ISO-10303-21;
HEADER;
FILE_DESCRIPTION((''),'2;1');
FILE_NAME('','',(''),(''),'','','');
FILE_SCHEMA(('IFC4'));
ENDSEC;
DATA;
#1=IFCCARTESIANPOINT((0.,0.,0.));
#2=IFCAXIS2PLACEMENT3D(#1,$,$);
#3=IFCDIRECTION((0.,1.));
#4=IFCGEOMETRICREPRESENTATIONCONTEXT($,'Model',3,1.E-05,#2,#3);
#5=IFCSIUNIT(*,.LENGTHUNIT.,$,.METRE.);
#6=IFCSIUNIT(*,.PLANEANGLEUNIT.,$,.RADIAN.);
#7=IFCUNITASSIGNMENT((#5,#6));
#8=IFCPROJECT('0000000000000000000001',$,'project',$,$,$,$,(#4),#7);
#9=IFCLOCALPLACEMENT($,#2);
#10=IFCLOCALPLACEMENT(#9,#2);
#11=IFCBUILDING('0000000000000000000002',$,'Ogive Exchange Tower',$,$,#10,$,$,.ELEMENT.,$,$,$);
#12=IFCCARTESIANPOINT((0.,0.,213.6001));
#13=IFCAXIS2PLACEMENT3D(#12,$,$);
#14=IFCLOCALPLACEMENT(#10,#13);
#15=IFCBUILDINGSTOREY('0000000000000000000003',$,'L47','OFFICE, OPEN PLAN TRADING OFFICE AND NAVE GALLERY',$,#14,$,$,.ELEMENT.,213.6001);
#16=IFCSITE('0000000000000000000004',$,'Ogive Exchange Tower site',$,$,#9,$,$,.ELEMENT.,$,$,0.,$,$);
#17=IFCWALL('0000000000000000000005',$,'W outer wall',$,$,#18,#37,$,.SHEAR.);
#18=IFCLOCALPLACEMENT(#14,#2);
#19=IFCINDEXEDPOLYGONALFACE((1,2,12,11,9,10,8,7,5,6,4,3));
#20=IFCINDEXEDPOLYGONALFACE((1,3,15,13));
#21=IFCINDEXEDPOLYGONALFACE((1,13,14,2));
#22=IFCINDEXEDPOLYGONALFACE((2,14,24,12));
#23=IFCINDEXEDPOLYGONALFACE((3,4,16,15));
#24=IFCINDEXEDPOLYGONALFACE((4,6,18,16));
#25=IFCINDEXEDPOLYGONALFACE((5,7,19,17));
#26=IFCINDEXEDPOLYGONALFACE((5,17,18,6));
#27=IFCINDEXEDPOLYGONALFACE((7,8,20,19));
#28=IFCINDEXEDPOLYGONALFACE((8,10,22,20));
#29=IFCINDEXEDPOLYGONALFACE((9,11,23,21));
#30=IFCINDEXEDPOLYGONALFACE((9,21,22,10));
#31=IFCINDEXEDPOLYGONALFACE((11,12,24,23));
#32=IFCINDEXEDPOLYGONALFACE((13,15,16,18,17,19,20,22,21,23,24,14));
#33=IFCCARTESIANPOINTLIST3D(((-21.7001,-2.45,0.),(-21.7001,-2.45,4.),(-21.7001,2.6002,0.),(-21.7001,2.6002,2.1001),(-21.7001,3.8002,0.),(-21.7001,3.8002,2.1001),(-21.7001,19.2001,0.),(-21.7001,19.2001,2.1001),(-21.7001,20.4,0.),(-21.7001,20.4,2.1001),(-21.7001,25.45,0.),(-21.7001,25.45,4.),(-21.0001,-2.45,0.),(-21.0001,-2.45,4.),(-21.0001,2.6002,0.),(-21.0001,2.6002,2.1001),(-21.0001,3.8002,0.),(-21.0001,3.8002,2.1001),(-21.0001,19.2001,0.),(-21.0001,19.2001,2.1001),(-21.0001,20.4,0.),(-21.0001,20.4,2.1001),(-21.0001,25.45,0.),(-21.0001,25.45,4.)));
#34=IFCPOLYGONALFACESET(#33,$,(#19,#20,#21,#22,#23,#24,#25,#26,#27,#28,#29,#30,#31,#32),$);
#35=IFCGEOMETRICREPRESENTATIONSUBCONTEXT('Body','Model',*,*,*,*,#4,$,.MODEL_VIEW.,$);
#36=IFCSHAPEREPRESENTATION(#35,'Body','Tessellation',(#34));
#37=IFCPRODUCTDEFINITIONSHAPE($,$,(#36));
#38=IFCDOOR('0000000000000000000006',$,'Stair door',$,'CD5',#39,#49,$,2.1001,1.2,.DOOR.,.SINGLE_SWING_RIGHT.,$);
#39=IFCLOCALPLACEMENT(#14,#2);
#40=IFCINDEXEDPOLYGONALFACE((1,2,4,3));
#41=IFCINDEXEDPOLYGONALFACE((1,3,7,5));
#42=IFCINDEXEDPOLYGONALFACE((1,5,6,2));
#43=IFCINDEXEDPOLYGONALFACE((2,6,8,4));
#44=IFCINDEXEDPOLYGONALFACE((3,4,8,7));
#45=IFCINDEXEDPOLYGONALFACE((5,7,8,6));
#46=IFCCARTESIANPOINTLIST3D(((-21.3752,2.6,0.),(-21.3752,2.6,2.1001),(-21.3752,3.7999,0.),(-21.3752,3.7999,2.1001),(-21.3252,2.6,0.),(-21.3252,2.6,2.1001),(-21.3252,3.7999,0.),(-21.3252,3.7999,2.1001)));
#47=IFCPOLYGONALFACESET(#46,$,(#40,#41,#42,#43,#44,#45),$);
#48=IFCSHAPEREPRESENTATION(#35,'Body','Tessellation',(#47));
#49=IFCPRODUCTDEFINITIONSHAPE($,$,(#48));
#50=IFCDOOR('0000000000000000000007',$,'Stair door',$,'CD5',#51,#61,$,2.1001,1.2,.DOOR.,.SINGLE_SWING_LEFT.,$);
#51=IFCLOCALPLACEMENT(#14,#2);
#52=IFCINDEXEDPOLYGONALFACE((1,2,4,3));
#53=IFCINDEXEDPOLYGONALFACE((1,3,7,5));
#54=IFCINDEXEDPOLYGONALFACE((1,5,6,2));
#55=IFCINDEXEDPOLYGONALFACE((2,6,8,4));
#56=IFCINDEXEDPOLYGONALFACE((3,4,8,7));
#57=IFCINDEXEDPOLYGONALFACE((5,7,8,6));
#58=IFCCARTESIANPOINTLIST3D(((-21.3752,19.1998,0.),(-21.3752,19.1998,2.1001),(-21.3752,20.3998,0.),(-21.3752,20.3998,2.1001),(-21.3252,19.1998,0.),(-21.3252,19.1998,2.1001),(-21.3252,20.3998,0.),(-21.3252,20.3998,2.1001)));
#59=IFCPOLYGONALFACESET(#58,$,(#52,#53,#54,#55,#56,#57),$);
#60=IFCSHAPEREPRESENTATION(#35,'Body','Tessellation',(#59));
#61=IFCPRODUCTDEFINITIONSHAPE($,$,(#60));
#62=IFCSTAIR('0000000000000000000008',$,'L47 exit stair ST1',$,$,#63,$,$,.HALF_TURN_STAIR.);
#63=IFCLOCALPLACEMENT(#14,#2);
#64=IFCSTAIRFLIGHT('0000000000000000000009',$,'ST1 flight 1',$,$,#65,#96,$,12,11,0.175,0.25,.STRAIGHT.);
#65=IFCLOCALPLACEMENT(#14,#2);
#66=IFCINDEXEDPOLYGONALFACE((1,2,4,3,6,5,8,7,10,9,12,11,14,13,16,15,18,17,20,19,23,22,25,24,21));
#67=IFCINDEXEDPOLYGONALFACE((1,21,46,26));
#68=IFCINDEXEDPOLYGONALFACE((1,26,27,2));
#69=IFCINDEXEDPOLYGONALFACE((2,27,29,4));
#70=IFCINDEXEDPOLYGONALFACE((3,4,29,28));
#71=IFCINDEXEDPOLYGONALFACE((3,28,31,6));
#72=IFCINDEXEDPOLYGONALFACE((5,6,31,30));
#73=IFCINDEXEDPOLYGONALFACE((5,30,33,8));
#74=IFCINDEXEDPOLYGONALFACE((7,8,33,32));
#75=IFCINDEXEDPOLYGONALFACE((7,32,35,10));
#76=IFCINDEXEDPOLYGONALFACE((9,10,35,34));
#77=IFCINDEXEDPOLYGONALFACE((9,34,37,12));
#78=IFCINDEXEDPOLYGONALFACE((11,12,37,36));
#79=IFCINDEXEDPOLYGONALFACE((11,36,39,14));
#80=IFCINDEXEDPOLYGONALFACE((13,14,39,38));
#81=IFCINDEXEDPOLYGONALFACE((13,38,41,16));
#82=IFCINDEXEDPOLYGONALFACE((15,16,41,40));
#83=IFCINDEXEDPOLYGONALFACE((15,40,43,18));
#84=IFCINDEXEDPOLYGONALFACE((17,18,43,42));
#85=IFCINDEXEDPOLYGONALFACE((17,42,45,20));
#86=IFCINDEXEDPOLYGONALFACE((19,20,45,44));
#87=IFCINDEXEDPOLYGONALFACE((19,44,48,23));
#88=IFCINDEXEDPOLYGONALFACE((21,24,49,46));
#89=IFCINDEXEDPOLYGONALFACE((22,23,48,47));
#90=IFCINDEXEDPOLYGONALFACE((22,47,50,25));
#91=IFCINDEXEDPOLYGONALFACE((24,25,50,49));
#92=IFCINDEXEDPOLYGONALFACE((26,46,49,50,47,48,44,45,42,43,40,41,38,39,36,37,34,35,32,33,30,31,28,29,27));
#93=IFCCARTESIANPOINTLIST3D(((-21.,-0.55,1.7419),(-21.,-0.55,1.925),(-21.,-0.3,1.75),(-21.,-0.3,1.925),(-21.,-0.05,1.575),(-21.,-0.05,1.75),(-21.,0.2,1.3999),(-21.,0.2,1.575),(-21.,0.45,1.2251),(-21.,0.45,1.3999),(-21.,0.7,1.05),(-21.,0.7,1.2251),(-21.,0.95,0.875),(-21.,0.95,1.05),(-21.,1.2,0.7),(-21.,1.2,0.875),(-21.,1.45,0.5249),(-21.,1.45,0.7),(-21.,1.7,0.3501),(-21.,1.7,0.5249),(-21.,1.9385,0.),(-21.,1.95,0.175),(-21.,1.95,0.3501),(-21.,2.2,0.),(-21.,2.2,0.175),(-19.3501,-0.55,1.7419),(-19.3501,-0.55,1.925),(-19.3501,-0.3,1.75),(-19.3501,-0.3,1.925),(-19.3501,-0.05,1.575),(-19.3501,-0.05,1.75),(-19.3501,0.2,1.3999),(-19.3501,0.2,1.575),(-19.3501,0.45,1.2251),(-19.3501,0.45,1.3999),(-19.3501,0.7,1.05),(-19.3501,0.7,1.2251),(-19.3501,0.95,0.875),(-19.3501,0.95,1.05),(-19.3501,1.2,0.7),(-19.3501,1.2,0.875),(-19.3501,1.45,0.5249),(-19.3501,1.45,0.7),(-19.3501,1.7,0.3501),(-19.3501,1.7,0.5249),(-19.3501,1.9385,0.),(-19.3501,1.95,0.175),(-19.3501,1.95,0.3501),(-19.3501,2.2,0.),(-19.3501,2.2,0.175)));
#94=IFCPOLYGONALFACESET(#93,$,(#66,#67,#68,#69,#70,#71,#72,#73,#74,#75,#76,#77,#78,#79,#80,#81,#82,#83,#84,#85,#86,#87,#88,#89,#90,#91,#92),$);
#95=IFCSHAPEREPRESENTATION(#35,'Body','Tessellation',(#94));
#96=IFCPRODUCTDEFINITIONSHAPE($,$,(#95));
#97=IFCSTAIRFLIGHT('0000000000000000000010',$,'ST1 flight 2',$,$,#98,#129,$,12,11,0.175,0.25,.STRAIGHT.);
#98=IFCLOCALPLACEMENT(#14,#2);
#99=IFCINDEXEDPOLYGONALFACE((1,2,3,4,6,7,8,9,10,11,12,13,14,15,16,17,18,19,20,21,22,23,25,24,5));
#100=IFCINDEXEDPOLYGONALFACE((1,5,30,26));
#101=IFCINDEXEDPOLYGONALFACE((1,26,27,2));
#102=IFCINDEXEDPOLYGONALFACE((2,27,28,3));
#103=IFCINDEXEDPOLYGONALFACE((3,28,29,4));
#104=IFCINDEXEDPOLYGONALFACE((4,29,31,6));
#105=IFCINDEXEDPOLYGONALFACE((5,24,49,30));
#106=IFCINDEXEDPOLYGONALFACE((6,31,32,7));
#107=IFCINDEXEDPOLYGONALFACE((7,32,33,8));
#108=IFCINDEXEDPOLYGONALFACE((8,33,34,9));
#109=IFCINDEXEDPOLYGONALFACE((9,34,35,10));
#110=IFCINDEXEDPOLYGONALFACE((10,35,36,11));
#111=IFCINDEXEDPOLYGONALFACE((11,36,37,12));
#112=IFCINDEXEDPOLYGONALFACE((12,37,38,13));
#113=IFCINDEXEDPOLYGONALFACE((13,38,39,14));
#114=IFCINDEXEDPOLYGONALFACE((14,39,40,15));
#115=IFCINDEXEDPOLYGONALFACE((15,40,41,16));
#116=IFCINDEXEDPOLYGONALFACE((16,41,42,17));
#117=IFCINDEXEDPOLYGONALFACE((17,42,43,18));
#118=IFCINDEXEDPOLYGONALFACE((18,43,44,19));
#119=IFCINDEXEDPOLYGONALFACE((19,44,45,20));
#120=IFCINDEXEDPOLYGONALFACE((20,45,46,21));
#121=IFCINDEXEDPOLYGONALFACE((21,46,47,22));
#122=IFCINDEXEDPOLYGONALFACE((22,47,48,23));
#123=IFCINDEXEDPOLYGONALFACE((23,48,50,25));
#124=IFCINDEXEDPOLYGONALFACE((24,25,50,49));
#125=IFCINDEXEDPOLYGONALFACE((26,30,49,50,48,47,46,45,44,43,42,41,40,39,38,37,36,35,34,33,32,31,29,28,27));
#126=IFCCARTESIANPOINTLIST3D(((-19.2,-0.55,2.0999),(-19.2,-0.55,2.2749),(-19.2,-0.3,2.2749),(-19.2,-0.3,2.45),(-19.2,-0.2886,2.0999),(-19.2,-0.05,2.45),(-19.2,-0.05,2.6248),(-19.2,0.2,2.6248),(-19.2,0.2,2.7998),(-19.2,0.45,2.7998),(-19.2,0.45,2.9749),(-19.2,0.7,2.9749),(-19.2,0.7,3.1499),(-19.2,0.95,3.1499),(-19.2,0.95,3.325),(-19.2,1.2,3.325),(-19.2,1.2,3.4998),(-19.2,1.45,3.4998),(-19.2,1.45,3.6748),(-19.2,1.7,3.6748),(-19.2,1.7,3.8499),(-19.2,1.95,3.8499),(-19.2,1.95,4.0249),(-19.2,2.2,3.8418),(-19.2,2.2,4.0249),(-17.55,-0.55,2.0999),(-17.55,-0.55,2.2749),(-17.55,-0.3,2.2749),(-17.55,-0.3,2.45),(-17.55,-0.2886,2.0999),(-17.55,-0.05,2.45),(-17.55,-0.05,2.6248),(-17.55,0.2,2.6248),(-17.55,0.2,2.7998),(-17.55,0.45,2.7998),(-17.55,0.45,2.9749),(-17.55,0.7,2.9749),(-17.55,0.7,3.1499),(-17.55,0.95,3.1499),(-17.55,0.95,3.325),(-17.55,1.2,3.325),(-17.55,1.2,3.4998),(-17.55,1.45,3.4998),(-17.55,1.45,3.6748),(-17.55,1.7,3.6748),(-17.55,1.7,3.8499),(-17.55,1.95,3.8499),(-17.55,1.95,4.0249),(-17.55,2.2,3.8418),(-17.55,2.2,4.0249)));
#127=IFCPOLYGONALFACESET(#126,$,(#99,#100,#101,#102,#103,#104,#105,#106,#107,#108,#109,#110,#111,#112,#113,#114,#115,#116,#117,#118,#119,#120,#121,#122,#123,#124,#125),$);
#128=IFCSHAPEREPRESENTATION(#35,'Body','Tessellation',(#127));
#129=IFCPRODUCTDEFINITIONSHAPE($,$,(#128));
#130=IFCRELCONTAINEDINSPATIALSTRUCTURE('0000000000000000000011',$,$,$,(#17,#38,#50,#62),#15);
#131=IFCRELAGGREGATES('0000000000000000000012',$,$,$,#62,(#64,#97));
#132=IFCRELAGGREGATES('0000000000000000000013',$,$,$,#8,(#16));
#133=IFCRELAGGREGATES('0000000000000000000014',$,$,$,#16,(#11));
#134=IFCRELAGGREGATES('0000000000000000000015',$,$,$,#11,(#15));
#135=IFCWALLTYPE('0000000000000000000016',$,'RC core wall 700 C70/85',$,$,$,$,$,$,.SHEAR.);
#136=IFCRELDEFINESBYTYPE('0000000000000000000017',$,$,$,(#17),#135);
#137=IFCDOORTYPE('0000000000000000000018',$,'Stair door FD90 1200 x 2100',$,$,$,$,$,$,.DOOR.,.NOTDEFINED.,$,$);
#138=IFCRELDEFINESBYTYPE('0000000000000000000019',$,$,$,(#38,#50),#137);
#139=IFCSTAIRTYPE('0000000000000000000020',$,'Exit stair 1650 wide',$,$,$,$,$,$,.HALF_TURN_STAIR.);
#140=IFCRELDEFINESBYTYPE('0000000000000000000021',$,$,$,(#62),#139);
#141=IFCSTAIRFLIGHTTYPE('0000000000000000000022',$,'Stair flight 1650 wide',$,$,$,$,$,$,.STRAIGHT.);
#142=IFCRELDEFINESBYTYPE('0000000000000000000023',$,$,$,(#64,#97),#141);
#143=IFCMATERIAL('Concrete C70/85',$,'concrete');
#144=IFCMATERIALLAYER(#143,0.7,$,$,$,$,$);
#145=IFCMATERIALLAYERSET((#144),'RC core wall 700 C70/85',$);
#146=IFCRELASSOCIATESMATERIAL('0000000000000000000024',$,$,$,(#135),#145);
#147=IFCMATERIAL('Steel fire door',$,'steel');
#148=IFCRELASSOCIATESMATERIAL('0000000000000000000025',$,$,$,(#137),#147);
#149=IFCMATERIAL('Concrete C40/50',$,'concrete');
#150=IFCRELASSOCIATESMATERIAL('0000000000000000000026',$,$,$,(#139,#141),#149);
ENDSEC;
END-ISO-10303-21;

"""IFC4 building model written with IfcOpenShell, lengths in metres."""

from ifc_helpers import new_model, si_unit, direction, frame, frame_2d, origin, place, context, subcontext, project, spatial, polyline, rectangle, outline, extrude, material, layer, layer_set, type_object, element, fill, aggregate, save


model = new_model("IFC4")

# Units and contexts
model_context = context("Model", 3, precision=1e-05, world=origin(), true_north=direction((0.0, 1.0)))
body_context = subcontext(model_context, "Body", "Model", "MODEL_VIEW")
ifc_project = project(units=[si_unit("LENGTHUNIT", "METRE"), si_unit("PLANEANGLEUNIT", "RADIAN")], contexts=[model_context])

# Site, building, storey
site_placement = place(None, origin())
site = spatial("IfcSite", under=ifc_project, at=site_placement, Name="Ogive Exchange Tower site", CompositionType="ELEMENT", RefElevation=0.0)
building_placement = place(site_placement, origin())
building = spatial("IfcBuilding", under=site, at=building_placement, Name="Ogive Exchange Tower", CompositionType="ELEMENT")
storey_placement = place(building_placement, frame((0.0, 0.0, 213.6001)))
storey = spatial("IfcBuildingStorey", under=building, at=storey_placement, Name="L47", Description="OFFICE, OPEN PLAN TRADING OFFICE AND NAVE GALLERY", CompositionType="ELEMENT", Elevation=213.6001)

# Shared definitions
ifc_material_1 = material(Name="Concrete C70/85", Category="concrete")
ifc_material_2 = material(Name="Steel fire door", Category="steel")

# Wall, openings, doors
ifc_layer_1 = layer(ifc_material_1, 0.7)
ifc_layer_set_1 = layer_set([ifc_layer_1], Name="RC core wall 700 C70/85")
wall_type_1 = type_object("IfcWallType", Name="RC core wall 700 C70/85", PredefinedType="SHEAR", material=ifc_layer_set_1)
wall_1_placement = place(storey_placement, frame((-21.3501, -2.45, 0.0), z_axis=(0.0, 0.0, 1.0), x_axis=(0.0, 1.0, 0.0)))
wall_1 = element("IfcWall", 1, at=wall_1_placement, inside=storey, type_object=wall_type_1, Name="W outer wall", PredefinedType="SHEAR", context=body_context, shape_type="SweptSolid", body=[
    extrude(rectangle(XDim=27.8999, YDim=0.7, at=frame_2d((13.95, 0.0))), origin(), (0.0, 0.0, 1.0), 4.0),
])
opening_1_placement = place(wall_1_placement, frame((5.05, 0.0, 0.0)))
opening_1 = element("IfcOpeningElement", 2, at=opening_1_placement, cuts=wall_1, PredefinedType="OPENING", context=body_context, shape_type="SweptSolid", body=[
    extrude(rectangle(XDim=1.2, YDim=2.1001, at=frame_2d((0.6001, 1.05))), frame((0.0, 0.3599, 0.0), z_axis=(0.0, -1.0, 0.0), x_axis=(1.0, 0.0, 0.0)), (0.0, 0.0, 1.0), 0.72),
])
opening_2_placement = place(wall_1_placement, frame((21.6499, 0.0, 0.0)))
opening_2 = element("IfcOpeningElement", 3, at=opening_2_placement, cuts=wall_1, PredefinedType="OPENING", context=body_context, shape_type="SweptSolid", body=[
    extrude(rectangle(XDim=1.2, YDim=2.1001, at=frame_2d((0.6001, 1.05))), frame((0.0, 0.3599, 0.0), z_axis=(0.0, -1.0, 0.0), x_axis=(1.0, 0.0, 0.0)), (0.0, 0.0, 1.0), 0.72),
])
door_type_1 = type_object("IfcDoorType", Name="Stair door FD90 1200 x 2100", OperationType="NOTDEFINED", PredefinedType="DOOR", material=ifc_material_2)
door_1_placement = place(opening_1_placement, frame((1.2, 0.0, 0.0), z_axis=(0.0, 0.0, 1.0), x_axis=(-1.0, 0.0, 0.0)))
door_1 = element("IfcDoor", 4, at=door_1_placement, inside=storey, type_object=door_type_1, Name="Stair door", ObjectType="CD5", OperationType="SINGLE_SWING_RIGHT", OverallHeight=2.1001, OverallWidth=1.2, PredefinedType="DOOR", context=body_context, shape_type="SweptSolid", body=[
    extrude(rectangle(XDim=1.2, YDim=2.1001, at=frame_2d((0.6001, 1.05))), frame((0.0, 0.0249, 0.0), z_axis=(0.0, -1.0, 0.0), x_axis=(1.0, 0.0, 0.0)), (0.0, 0.0, 1.0), 0.05),
])
fill(opening_1, door_1)
door_2_placement = place(opening_2_placement, frame((1.2, 0.0, 0.0), z_axis=(0.0, 0.0, 1.0), x_axis=(-1.0, 0.0, 0.0)))
door_2 = element("IfcDoor", 5, at=door_2_placement, inside=storey, type_object=door_type_1, Name="Stair door", ObjectType="CD5", OperationType="SINGLE_SWING_LEFT", OverallHeight=2.1001, OverallWidth=1.2, PredefinedType="DOOR", context=body_context, shape_type="SweptSolid", body=[
    extrude(rectangle(XDim=1.2, YDim=2.1001, at=frame_2d((0.6001, 1.05))), frame((0.0, 0.0249, 0.0), z_axis=(0.0, -1.0, 0.0), x_axis=(1.0, 0.0, 0.0)), (0.0, 0.0, 1.0), 0.05),
])
fill(opening_2, door_2)

# Stair, stair flights
ifc_material_3 = material(Name="Concrete C40/50", Category="concrete")
stair_type = type_object("IfcStairType", Name="Exit stair 1650 wide", PredefinedType="HALF_TURN_STAIR", material=ifc_material_3)
stair_placement = place(storey_placement, origin())
stair = element("IfcStair", 6, at=stair_placement, inside=storey, type_object=stair_type, Name="L47 exit stair ST1", PredefinedType="HALF_TURN_STAIR")
stair_flight_type = type_object("IfcStairFlightType", Name="Stair flight 1650 wide", PredefinedType="STRAIGHT", material=ifc_material_3)
stair_flight_1_placement = place(storey_placement, frame((-20.175, 2.2, 0.0), z_axis=(0.0, 0.0, 1.0), x_axis=(0.0, -1.0, 0.0)))
stair_flight_1 = element("IfcStairFlight", 7, at=stair_flight_1_placement, type_object=stair_flight_type, Name="ST1 flight 1", NumberOfRisers=12, NumberOfTreads=11, PredefinedType="STRAIGHT", RiserHeight=0.175, TreadLength=0.25, context=body_context, shape_type="SweptSolid", body=[
    extrude(outline(polyline([(0.0, 0.0), (0.0, 0.175), (0.25, 0.175), (0.25, 0.3501), (0.5, 0.3501), (0.5, 0.5249), (0.75, 0.5249), (0.75, 0.7), (1.0, 0.7), (1.0, 0.875), (1.25, 0.875), (1.25, 1.05), (1.5, 1.05), (1.5, 1.2251), (1.75, 1.2251), (1.75, 1.3999), (2.0, 1.3999), (2.0, 1.575), (2.25, 1.575), (2.25, 1.75), (2.5, 1.75), (2.5, 1.925), (2.75, 1.925), (2.75, 2.1001), (2.75, 1.7419), (0.2615, 0.0), (0.0, 0.0)])), frame((0.0, 0.825, 0.0), z_axis=(0.0, -1.0, 0.0), x_axis=(1.0, 0.0, 0.0)), (0.0, 0.0, 1.0), 1.6499),
])
stair_flight_2_placement = place(storey_placement, frame((-18.375, -0.55, 2.0999), z_axis=(0.0, 0.0, 1.0), x_axis=(0.0, 1.0, 0.0)))
stair_flight_2 = element("IfcStairFlight", 8, at=stair_flight_2_placement, type_object=stair_flight_type, Name="ST1 flight 2", NumberOfRisers=12, NumberOfTreads=11, PredefinedType="STRAIGHT", RiserHeight=0.175, TreadLength=0.25, context=body_context, shape_type="SweptSolid", body=[
    extrude(outline(polyline([(0.0, 0.0), (0.0, 0.175), (0.25, 0.175), (0.25, 0.3501), (0.5, 0.3501), (0.5, 0.5249), (0.75, 0.5249), (0.75, 0.7), (1.0, 0.7), (1.0, 0.875), (1.25, 0.875), (1.25, 1.05), (1.5, 1.05), (1.5, 1.2251), (1.75, 1.2251), (1.75, 1.3999), (2.0, 1.3999), (2.0, 1.575), (2.25, 1.575), (2.25, 1.75), (2.5, 1.75), (2.5, 1.925), (2.75, 1.925), (2.75, 2.1001), (2.75, 1.7419), (0.2615, 0.0), (0.0, 0.0)])), frame((0.0, 0.825, 0.0), z_axis=(0.0, -1.0, 0.0), x_axis=(1.0, 0.0, 0.0)), (0.0, 0.0, 1.0), 1.6499),
])
aggregate(stair, [stair_flight_1, stair_flight_2])

save(model, "model.ifc")
